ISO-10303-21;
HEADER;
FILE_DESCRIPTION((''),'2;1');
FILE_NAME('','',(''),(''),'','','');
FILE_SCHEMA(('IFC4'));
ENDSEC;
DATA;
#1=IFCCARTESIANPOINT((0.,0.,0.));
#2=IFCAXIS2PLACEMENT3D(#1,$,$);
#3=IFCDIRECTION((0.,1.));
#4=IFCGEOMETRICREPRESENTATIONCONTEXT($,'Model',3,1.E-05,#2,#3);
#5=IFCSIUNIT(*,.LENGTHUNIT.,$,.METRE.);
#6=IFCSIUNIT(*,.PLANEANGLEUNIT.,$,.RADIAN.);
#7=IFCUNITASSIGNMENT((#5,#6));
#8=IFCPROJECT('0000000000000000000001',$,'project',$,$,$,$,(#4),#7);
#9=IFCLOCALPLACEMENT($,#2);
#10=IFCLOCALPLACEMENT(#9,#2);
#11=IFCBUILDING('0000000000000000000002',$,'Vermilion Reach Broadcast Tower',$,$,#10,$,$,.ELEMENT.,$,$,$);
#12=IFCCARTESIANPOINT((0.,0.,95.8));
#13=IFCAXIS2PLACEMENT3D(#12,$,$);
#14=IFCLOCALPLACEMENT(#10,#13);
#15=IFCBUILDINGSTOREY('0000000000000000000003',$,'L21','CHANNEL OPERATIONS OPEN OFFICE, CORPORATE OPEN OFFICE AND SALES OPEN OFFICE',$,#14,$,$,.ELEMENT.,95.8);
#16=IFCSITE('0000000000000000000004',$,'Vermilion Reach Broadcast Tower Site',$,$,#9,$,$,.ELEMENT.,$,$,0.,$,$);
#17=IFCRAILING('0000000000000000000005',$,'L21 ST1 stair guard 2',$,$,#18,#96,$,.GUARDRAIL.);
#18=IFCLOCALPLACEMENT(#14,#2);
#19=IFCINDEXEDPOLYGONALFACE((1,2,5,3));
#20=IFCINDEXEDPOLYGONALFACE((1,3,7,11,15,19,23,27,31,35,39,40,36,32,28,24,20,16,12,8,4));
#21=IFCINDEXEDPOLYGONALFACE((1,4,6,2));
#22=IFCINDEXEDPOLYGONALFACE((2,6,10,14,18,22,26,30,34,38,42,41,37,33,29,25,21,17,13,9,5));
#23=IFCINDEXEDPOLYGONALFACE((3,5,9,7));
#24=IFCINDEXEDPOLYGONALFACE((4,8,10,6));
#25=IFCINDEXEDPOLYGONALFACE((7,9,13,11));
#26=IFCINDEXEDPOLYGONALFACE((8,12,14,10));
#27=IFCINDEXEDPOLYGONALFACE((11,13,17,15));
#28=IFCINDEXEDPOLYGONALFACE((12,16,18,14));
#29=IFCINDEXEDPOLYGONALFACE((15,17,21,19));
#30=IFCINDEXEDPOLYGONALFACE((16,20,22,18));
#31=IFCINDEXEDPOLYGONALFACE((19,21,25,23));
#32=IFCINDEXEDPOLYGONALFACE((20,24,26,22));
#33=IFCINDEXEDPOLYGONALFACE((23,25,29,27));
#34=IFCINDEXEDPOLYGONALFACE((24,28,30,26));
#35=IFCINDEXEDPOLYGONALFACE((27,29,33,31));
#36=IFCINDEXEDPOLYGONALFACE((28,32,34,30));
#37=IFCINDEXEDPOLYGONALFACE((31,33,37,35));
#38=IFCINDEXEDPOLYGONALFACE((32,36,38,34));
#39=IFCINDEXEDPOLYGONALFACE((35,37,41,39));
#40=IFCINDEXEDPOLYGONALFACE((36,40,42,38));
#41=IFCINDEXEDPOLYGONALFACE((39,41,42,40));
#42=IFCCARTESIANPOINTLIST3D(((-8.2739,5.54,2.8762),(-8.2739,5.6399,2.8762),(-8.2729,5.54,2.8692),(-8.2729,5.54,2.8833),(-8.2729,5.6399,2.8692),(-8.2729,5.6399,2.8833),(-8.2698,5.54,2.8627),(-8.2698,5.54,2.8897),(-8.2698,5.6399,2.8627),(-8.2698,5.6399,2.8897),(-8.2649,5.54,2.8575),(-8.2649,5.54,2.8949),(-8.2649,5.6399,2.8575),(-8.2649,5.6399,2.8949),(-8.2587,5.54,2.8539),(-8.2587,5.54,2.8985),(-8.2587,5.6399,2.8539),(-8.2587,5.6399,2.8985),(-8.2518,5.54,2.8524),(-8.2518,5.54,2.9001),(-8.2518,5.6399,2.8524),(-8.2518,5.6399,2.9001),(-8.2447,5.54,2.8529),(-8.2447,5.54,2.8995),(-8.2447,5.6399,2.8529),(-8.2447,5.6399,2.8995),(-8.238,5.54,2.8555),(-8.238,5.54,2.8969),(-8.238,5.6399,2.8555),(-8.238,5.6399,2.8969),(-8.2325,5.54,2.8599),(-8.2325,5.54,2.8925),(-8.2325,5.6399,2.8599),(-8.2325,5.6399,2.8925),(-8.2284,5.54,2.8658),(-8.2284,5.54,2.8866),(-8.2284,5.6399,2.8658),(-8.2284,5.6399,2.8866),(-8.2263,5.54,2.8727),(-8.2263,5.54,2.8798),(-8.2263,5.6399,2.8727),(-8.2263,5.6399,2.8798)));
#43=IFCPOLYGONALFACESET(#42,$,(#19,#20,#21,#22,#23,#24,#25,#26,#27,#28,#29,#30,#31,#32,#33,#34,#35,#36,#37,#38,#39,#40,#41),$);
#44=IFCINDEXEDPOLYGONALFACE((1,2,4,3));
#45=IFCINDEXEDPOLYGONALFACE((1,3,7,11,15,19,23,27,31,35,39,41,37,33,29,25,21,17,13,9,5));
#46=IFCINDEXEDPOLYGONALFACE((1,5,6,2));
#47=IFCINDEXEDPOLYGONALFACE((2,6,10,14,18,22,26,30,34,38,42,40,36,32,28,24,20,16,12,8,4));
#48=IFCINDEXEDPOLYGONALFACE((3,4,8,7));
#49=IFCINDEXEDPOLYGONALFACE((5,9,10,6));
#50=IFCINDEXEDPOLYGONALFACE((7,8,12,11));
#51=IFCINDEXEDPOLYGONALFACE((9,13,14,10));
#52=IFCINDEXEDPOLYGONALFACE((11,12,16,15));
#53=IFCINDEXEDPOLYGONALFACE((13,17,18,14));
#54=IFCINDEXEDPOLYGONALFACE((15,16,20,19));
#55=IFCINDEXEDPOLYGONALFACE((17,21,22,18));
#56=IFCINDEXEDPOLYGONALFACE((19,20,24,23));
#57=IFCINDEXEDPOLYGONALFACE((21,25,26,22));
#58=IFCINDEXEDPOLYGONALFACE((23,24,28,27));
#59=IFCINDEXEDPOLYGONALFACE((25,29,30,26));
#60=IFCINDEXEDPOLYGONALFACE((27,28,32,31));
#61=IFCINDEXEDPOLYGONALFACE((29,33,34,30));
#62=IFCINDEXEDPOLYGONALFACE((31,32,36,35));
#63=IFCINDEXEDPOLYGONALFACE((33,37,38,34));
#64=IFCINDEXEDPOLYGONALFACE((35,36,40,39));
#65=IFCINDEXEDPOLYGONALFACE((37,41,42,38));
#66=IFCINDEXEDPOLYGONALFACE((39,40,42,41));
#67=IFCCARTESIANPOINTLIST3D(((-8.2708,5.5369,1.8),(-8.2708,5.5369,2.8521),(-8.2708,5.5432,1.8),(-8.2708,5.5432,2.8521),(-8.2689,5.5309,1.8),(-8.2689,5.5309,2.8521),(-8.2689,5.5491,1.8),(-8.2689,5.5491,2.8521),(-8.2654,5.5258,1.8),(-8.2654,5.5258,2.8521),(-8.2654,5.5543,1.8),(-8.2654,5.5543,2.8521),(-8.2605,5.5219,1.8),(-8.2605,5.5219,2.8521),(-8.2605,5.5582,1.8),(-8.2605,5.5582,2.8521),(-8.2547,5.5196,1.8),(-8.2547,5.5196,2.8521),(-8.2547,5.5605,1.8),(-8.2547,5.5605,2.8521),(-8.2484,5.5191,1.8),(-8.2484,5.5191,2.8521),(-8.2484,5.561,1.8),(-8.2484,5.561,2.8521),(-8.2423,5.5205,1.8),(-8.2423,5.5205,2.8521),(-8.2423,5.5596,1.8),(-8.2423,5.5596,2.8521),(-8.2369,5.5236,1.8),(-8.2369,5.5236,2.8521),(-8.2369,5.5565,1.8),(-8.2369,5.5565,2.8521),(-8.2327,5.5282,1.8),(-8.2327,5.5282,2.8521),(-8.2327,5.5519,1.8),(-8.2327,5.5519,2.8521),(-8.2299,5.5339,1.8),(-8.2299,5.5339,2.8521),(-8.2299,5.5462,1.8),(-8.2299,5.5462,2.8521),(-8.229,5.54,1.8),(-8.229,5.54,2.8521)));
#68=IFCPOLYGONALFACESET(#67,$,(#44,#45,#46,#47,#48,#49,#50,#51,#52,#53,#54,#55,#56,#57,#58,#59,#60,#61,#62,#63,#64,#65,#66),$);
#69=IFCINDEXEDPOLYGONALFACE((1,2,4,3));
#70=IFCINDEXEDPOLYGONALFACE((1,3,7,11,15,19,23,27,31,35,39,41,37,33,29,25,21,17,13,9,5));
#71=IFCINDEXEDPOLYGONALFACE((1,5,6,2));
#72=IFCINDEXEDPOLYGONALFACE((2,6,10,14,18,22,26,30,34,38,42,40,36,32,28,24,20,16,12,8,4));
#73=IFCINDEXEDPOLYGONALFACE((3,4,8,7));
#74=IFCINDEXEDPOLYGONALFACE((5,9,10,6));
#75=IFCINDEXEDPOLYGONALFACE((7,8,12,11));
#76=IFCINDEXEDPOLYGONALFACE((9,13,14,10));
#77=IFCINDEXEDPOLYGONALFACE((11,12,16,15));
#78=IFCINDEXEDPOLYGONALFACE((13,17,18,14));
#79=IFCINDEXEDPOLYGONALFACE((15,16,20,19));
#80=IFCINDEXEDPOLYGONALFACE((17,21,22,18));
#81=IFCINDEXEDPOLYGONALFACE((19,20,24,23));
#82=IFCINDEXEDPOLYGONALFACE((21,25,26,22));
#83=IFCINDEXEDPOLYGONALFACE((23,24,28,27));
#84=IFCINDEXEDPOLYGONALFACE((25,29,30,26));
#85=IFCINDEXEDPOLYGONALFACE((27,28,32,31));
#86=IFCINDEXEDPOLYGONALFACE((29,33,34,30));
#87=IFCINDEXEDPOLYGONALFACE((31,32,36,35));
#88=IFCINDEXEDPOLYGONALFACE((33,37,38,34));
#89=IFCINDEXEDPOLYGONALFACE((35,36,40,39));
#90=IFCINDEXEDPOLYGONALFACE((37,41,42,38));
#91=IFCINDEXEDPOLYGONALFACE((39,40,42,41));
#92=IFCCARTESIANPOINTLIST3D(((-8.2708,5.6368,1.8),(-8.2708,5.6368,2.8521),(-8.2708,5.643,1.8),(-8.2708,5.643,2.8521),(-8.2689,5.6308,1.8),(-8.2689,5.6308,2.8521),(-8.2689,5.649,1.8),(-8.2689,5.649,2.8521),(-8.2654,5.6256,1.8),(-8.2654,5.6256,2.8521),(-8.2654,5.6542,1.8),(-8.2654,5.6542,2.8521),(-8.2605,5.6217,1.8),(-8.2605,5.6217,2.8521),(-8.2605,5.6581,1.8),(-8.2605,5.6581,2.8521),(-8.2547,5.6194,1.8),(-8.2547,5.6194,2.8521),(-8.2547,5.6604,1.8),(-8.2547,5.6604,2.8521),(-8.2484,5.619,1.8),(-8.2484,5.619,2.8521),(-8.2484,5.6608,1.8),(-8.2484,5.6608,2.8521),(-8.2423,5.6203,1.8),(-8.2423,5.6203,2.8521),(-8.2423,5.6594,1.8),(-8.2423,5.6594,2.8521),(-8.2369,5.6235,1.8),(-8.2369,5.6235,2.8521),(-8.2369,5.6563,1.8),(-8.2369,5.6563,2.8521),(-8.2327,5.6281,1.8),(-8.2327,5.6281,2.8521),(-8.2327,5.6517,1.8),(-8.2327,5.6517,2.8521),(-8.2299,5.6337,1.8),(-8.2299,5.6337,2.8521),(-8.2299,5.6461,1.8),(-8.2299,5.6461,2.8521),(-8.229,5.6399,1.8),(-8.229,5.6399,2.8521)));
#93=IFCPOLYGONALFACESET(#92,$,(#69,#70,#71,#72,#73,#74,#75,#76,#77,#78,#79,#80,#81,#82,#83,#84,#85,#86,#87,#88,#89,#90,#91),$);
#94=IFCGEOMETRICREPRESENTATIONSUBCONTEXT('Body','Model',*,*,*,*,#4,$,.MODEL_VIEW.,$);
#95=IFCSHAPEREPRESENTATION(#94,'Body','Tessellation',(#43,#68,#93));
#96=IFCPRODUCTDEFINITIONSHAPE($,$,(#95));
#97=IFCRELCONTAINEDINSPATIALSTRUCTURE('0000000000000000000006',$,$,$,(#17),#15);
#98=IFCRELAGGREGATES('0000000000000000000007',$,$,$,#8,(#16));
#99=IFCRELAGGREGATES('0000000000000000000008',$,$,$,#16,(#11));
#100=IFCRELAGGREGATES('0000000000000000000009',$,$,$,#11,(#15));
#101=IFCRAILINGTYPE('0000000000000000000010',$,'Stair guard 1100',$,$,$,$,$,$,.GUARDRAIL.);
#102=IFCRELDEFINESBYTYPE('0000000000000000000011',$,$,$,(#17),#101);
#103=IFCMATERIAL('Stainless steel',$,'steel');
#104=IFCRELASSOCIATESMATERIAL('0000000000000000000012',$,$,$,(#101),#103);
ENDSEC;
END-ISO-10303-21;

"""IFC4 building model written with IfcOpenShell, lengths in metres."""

from ifc_helpers import new_model, si_unit, direction, frame, origin, origin_2d, place, context, subcontext, project, spatial, circle, extrude, material, type_object, element, save


model = new_model("IFC4")

# Units and contexts
model_context = context("Model", 3, precision=1e-05, world=origin(), true_north=direction((0.0, 1.0)))
body_context = subcontext(model_context, "Body", "Model", "MODEL_VIEW")
ifc_project = project(units=[si_unit("LENGTHUNIT", "METRE"), si_unit("PLANEANGLEUNIT", "RADIAN")], contexts=[model_context])

# Site, building, storey
site_placement = place(None, origin())
site = spatial("IfcSite", under=ifc_project, at=site_placement, Name="Vermilion Reach Broadcast Tower Site", CompositionType="ELEMENT", RefElevation=0.0)
building_placement = place(site_placement, origin())
building = spatial("IfcBuilding", under=site, at=building_placement, Name="Vermilion Reach Broadcast Tower", CompositionType="ELEMENT")
storey_placement = place(building_placement, frame((0.0, 0.0, 95.8)))
storey = spatial("IfcBuildingStorey", under=building, at=storey_placement, Name="L21", Description="CHANNEL OPERATIONS OPEN OFFICE, CORPORATE OPEN OFFICE AND SALES OPEN OFFICE", CompositionType="ELEMENT", Elevation=95.8)

# Railing
ifc_material_1 = material(Name="Stainless steel", Category="steel")
railing_type_1 = type_object("IfcRailingType", Name="Stair guard 1100", PredefinedType="GUARDRAIL", material=ifc_material_1)
railing_1_placement = place(storey_placement, frame((-8.25, 5.54, 1.8)))
element("IfcRailing", 1, at=railing_1_placement, inside=storey, type_object=railing_type_1, Name="L21 ST1 stair guard 2", PredefinedType="GUARDRAIL", context=body_context, shape_type="SweptSolid", body=[
    extrude(circle(Radius=0.0239, at=origin_2d()), frame((0.0, 0.0, 1.0762), z_axis=(0.0, 1.0, 0.0), x_axis=(-1.0, 0.0, 0.0)), (0.0, 0.0, 1.0), 0.0999),
    extrude(circle(Radius=0.021, at=origin_2d()), origin(), (0.0, 0.0, 1.0), 1.052),
    extrude(circle(Radius=0.021, at=origin_2d()), frame((0.0, 0.0999, 0.0)), (0.0, 0.0, 1.0), 1.052),
])

save(model, "model.ifc")
